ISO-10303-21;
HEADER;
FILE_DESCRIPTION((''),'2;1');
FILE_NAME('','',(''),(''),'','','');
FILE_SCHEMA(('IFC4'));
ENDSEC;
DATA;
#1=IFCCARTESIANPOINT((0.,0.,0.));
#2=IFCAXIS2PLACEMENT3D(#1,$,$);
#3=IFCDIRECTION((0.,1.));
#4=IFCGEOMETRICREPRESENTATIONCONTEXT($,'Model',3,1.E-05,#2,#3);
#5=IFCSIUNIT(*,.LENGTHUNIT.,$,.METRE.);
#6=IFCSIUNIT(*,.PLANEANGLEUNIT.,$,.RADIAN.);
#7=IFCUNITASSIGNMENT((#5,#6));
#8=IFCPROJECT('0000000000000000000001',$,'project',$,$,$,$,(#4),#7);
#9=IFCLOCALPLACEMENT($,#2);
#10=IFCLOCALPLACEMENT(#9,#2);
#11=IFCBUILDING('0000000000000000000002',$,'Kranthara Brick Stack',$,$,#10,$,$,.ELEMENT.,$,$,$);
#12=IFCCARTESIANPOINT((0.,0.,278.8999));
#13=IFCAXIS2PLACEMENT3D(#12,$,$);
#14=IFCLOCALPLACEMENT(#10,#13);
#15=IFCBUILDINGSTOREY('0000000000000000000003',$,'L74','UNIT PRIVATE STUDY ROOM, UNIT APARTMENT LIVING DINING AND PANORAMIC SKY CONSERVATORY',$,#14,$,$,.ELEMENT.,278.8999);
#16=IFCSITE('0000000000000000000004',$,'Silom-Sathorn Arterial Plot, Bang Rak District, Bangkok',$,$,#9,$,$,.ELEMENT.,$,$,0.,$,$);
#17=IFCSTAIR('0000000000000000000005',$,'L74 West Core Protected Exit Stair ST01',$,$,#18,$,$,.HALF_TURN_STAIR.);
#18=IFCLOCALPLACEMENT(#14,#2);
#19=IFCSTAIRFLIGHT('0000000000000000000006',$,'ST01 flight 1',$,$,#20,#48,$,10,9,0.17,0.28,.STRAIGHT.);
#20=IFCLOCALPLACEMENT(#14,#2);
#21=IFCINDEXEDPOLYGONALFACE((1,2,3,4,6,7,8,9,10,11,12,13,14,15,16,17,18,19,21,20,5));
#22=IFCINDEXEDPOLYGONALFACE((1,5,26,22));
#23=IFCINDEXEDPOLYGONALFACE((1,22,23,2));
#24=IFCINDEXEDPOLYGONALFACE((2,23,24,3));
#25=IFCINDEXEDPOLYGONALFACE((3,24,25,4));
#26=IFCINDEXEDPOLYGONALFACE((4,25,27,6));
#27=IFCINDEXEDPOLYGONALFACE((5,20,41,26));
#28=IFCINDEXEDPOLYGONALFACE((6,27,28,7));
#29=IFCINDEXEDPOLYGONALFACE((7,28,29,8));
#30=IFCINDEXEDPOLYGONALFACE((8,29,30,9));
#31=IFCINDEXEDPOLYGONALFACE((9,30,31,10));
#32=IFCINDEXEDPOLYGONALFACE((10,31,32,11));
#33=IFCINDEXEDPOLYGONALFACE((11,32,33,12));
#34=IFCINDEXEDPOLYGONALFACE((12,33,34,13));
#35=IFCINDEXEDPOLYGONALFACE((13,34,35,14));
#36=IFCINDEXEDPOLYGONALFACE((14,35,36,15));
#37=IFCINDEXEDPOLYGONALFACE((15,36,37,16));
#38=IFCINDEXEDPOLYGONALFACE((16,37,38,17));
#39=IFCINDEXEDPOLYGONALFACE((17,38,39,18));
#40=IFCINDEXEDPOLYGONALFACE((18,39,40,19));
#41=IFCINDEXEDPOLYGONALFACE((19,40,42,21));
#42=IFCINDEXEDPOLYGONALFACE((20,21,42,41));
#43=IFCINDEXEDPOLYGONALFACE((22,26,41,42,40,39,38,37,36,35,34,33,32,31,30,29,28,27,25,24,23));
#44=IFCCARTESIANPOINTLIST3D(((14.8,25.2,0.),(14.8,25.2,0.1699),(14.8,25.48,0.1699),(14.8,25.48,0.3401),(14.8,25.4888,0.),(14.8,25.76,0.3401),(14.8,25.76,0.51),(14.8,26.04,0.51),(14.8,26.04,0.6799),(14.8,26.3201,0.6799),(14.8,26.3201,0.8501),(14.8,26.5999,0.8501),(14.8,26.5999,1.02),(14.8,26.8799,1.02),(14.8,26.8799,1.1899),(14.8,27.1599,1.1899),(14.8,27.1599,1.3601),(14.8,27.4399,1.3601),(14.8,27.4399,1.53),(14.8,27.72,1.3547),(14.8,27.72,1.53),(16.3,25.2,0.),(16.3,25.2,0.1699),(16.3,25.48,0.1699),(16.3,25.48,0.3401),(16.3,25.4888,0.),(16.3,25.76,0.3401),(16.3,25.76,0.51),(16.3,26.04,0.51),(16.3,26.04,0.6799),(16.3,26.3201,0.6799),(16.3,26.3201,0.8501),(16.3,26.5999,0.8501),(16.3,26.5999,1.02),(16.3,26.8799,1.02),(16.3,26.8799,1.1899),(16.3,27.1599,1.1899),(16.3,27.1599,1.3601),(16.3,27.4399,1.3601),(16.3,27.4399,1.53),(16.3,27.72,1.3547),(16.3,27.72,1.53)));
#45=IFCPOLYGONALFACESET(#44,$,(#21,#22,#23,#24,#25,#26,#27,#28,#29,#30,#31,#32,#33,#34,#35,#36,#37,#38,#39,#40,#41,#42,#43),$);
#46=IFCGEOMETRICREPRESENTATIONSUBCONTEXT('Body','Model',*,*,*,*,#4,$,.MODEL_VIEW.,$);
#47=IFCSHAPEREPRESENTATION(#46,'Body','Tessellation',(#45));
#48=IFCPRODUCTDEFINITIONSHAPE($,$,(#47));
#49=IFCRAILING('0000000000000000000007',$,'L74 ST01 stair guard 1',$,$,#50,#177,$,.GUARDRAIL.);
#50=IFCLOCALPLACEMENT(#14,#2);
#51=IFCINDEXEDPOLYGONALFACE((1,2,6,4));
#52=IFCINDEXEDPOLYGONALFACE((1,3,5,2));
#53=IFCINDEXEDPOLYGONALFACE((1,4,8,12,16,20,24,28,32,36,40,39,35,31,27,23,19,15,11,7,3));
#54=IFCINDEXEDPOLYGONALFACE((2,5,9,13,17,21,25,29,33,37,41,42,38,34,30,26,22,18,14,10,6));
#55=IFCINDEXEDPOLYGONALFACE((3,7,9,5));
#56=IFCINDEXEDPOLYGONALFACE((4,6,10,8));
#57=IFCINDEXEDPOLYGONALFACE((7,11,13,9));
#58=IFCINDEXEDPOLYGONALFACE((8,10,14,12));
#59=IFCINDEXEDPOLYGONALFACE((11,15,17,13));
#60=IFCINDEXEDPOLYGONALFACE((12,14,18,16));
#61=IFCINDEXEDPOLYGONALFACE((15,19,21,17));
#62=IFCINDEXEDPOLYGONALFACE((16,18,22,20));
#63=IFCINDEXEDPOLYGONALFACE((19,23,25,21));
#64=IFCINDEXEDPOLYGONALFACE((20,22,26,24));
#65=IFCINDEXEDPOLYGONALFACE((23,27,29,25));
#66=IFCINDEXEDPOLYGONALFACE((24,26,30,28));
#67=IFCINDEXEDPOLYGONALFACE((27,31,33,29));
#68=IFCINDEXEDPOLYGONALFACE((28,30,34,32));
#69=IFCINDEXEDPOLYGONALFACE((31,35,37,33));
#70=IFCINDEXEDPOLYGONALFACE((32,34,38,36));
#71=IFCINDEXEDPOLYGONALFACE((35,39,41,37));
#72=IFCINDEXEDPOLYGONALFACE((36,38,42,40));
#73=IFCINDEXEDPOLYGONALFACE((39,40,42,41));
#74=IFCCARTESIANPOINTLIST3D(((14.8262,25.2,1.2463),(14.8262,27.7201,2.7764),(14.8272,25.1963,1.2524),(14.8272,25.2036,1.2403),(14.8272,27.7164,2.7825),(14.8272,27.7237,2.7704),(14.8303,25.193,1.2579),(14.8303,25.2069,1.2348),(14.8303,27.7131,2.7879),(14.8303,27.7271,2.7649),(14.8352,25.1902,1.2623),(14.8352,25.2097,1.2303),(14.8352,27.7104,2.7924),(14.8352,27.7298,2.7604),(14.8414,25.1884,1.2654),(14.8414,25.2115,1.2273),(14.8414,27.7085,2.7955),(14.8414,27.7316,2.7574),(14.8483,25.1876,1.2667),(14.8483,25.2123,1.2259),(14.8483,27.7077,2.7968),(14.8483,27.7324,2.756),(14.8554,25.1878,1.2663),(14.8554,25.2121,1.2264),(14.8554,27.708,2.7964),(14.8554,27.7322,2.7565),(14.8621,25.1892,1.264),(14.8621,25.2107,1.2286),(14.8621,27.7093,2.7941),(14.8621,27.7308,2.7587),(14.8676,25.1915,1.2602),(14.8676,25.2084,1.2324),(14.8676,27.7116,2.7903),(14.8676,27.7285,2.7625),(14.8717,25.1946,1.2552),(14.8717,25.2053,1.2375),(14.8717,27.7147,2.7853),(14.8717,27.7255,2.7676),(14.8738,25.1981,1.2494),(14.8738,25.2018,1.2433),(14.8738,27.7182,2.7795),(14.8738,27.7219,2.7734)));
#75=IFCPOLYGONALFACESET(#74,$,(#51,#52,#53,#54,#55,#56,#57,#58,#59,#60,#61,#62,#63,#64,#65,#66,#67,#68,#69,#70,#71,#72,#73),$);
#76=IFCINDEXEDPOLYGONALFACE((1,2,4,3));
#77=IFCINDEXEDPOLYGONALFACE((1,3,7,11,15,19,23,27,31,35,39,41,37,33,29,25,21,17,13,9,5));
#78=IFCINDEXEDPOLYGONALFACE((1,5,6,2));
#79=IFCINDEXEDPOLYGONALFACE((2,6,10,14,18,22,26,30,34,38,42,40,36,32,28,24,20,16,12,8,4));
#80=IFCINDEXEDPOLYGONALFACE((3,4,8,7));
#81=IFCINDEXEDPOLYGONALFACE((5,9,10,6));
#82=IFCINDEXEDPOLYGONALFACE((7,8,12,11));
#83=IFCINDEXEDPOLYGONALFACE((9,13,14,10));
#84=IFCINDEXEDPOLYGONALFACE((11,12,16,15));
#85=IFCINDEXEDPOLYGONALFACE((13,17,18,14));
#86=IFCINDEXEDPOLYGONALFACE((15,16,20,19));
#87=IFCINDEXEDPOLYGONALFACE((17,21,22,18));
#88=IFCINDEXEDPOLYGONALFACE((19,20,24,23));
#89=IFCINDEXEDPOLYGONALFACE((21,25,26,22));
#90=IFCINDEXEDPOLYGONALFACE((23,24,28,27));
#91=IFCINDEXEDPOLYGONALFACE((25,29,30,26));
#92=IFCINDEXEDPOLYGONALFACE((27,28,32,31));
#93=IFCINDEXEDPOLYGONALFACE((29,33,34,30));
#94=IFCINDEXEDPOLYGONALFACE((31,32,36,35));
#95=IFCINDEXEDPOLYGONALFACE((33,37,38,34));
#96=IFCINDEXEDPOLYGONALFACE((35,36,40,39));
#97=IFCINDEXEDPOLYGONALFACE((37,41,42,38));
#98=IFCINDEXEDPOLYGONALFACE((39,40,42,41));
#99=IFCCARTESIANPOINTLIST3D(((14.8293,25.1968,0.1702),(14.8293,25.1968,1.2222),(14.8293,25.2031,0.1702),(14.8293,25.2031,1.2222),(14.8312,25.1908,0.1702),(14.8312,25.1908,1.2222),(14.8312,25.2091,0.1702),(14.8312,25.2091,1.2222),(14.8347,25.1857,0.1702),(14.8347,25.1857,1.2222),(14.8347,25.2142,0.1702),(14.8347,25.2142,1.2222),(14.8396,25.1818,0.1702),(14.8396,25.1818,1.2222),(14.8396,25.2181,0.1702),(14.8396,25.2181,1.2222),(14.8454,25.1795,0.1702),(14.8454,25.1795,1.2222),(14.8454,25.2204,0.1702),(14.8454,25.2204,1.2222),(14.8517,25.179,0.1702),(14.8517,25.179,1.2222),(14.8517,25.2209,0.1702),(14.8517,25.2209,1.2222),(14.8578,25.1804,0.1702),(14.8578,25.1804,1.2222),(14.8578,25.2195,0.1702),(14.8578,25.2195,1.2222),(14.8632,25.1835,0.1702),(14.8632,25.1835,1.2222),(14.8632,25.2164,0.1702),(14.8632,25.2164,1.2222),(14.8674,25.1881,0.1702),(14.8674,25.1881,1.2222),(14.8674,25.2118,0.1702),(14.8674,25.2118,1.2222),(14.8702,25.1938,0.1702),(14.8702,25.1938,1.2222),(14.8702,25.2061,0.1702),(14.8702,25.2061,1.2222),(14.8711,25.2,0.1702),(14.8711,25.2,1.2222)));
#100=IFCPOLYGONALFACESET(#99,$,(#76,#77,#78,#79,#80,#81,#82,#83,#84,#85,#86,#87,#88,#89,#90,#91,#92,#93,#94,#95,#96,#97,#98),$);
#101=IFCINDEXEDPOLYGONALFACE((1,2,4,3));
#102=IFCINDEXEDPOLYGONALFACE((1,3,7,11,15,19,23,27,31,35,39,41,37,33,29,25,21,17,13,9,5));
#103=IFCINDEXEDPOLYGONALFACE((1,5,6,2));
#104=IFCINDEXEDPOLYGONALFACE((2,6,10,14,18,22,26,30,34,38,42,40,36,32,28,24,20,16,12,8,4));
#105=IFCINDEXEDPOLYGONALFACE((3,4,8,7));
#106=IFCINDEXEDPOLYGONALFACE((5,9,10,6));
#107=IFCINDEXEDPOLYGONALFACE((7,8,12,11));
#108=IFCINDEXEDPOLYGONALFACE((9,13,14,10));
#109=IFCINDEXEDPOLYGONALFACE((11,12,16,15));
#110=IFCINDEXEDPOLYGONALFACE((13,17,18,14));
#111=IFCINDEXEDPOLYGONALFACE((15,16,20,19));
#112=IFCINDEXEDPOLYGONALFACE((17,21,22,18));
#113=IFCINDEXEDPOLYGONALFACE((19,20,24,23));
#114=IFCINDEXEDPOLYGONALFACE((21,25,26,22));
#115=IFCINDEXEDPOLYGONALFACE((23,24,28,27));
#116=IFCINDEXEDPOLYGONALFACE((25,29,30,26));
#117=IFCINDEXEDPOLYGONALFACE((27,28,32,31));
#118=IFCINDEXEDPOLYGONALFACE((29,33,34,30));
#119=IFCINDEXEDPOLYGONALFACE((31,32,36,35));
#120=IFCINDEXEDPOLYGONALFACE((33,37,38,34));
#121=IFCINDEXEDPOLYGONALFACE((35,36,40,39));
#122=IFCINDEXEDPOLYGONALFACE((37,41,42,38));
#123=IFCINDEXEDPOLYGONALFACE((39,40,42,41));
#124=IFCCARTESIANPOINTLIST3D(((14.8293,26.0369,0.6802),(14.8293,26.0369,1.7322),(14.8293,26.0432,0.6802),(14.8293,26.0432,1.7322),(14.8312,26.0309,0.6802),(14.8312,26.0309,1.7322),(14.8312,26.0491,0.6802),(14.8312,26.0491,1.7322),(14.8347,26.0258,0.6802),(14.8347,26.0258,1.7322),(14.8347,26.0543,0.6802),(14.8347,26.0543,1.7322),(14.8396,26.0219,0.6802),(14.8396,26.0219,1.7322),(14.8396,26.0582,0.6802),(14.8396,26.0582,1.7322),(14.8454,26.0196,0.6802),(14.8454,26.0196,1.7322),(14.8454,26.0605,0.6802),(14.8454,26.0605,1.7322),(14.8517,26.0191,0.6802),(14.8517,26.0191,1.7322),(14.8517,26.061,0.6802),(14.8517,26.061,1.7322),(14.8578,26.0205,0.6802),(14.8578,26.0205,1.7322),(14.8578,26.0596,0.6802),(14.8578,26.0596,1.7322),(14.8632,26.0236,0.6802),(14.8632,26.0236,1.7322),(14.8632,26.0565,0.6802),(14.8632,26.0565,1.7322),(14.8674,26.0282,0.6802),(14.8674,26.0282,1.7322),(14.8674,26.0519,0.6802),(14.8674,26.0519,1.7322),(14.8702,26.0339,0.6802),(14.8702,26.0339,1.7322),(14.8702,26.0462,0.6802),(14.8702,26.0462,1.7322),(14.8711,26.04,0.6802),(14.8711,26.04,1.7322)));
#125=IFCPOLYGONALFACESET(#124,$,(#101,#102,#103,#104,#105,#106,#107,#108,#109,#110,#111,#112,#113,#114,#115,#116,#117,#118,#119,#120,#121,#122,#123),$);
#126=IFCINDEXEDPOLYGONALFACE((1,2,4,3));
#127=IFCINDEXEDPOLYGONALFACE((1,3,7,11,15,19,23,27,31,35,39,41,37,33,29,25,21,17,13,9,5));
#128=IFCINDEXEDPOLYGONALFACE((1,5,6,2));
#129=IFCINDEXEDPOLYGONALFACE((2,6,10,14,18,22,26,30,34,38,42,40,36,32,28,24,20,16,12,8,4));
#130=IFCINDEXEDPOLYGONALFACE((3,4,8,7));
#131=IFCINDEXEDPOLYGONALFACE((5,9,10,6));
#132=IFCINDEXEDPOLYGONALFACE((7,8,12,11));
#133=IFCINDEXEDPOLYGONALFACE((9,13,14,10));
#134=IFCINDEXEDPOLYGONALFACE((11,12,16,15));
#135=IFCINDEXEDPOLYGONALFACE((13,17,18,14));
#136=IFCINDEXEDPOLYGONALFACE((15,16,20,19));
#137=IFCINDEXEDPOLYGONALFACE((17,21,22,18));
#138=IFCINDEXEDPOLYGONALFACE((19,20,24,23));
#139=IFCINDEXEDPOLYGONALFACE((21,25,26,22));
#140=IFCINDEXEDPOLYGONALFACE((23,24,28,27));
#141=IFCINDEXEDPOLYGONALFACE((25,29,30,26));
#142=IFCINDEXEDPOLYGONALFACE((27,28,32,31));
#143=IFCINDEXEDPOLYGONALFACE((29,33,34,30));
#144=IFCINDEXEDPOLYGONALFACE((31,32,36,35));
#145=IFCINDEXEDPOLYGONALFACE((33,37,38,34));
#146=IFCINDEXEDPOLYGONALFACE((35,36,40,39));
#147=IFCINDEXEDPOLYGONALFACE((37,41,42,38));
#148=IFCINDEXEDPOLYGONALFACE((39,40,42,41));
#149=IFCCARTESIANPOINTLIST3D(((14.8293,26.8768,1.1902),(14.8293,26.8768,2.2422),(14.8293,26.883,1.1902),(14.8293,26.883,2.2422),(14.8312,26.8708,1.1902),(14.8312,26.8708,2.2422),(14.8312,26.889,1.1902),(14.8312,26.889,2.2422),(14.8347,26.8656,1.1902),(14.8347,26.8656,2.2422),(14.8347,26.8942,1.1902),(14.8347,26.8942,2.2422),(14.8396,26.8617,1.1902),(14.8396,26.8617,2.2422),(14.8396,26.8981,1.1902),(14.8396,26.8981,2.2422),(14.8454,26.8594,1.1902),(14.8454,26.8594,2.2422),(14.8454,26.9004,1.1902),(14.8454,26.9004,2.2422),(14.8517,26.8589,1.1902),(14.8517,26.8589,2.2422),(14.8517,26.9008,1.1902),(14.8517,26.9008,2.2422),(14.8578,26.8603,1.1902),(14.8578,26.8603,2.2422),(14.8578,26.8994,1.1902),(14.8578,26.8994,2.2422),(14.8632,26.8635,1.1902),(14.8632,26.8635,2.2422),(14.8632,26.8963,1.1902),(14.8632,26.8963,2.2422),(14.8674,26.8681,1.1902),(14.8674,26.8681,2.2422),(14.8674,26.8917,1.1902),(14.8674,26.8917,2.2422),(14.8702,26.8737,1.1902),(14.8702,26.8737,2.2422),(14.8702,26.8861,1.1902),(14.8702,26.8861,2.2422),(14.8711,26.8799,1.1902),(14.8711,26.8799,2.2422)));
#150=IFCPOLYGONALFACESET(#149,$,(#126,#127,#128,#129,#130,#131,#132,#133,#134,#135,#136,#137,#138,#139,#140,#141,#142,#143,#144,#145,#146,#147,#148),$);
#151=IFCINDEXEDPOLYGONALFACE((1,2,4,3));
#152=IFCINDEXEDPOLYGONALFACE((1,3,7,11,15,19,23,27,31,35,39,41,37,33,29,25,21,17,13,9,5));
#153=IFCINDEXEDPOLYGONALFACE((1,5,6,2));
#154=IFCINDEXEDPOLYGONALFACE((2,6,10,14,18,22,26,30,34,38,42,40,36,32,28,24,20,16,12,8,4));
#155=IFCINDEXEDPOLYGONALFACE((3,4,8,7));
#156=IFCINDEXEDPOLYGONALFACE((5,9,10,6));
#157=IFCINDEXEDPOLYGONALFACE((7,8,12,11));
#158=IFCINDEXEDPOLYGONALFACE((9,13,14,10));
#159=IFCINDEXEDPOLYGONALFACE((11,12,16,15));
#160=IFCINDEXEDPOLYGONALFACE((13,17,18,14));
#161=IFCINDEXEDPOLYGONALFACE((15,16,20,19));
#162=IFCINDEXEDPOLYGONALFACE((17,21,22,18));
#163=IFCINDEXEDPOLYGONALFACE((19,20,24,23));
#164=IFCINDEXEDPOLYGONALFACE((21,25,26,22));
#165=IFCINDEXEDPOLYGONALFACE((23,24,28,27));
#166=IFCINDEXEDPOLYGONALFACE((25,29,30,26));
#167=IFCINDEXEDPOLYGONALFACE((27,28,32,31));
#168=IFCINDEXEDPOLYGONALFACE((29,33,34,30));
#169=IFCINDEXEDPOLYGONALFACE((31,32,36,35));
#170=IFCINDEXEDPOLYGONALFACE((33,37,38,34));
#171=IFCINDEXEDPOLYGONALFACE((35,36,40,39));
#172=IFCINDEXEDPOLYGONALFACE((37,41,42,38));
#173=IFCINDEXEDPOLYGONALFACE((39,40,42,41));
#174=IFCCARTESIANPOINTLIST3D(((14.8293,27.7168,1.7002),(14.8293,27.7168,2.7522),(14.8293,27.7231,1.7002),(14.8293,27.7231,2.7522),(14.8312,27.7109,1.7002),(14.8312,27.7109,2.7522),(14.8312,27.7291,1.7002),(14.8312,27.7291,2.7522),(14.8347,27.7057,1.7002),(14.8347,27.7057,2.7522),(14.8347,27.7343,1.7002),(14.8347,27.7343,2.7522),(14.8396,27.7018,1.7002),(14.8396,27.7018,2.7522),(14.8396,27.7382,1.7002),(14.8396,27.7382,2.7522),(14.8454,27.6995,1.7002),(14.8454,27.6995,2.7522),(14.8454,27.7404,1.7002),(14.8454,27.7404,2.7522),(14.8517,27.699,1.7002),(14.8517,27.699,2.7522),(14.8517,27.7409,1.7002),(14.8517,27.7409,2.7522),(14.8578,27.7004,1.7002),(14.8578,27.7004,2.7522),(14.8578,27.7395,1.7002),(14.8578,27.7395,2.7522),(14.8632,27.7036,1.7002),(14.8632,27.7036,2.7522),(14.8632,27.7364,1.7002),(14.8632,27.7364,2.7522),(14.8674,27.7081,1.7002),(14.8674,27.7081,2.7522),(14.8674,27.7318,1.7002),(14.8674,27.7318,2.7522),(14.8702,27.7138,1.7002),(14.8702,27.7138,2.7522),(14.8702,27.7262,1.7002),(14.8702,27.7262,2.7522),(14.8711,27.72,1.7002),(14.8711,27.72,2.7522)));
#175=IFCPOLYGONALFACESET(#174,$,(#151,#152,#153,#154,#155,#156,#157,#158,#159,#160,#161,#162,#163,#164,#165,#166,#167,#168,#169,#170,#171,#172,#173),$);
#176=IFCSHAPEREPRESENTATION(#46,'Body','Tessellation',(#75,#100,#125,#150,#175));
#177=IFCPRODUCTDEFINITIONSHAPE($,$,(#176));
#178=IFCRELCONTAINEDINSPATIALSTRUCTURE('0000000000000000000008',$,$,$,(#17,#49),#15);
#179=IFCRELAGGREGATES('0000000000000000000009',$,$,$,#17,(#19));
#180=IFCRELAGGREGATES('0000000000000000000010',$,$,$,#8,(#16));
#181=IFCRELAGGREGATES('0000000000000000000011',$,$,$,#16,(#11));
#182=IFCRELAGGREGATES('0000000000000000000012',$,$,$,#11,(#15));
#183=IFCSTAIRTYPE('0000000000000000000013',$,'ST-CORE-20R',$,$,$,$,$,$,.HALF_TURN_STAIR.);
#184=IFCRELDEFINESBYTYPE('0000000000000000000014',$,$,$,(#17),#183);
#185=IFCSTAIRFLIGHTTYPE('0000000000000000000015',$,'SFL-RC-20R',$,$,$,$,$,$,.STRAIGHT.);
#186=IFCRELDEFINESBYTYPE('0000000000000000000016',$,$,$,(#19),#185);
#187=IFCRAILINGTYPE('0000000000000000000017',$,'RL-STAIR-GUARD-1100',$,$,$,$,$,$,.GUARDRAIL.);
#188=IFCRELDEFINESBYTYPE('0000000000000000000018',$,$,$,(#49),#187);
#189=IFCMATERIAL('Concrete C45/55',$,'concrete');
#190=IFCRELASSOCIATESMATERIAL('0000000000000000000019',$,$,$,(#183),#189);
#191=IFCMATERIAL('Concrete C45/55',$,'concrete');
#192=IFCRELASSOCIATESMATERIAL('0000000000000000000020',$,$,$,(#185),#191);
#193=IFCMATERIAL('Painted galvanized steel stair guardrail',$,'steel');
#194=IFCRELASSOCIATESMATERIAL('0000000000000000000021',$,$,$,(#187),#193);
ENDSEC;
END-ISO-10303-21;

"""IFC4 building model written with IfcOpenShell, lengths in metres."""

from ifc_helpers import new_model, si_unit, direction, frame, origin, origin_2d, place, context, subcontext, project, spatial, polyline, circle, outline, extrude, material, type_object, element, aggregate, save


model = new_model("IFC4")

# Units and contexts
model_context = context("Model", 3, precision=1e-05, world=origin(), true_north=direction((0.0, 1.0)))
body_context = subcontext(model_context, "Body", "Model", "MODEL_VIEW")
ifc_project = project(units=[si_unit("LENGTHUNIT", "METRE"), si_unit("PLANEANGLEUNIT", "RADIAN")], contexts=[model_context])

# Site, building, storey
site_placement = place(None, origin())
site = spatial("IfcSite", under=ifc_project, at=site_placement, Name="Silom-Sathorn Arterial Plot, Bang Rak District, Bangkok", CompositionType="ELEMENT", RefElevation=0.0)
building_placement = place(site_placement, origin())
building = spatial("IfcBuilding", under=site, at=building_placement, Name="Kranthara Brick Stack", CompositionType="ELEMENT")
storey_placement = place(building_placement, frame((0.0, 0.0, 278.8999)))
storey = spatial("IfcBuildingStorey", under=building, at=storey_placement, Name="L74", Description="UNIT PRIVATE STUDY ROOM, UNIT APARTMENT LIVING DINING AND PANORAMIC SKY CONSERVATORY", CompositionType="ELEMENT", Elevation=278.8999)

# Stair, stair flight
ifc_material_1 = material(Name="Concrete C45/55", Category="concrete")
stair_type = type_object("IfcStairType", Name="ST-CORE-20R", PredefinedType="HALF_TURN_STAIR", material=ifc_material_1)
stair_placement = place(storey_placement, origin())
stair = element("IfcStair", 1, at=stair_placement, inside=storey, type_object=stair_type, Name="L74 West Core Protected Exit Stair ST01", PredefinedType="HALF_TURN_STAIR")
ifc_material_2 = material(Name="Concrete C45/55", Category="concrete")
stair_flight_type = type_object("IfcStairFlightType", Name="SFL-RC-20R", PredefinedType="STRAIGHT", material=ifc_material_2)
stair_flight_placement = place(storey_placement, frame((15.55, 25.2, 0.0), z_axis=(0.0, 0.0, 1.0), x_axis=(0.0, 1.0, 0.0)))
stair_flight = element("IfcStairFlight", 2, at=stair_flight_placement, type_object=stair_flight_type, Name="ST01 flight 1", NumberOfRisers=10, NumberOfTreads=9, PredefinedType="STRAIGHT", RiserHeight=0.17, TreadLength=0.28, context=body_context, shape_type="SweptSolid", body=[
    extrude(outline(polyline([(0.0, 0.0), (0.0, 0.1699), (0.28, 0.1699), (0.28, 0.3401), (0.5601, 0.3401), (0.5601, 0.51), (0.8401, 0.51), (0.8401, 0.6799), (1.1201, 0.6799), (1.1201, 0.8501), (1.3999, 0.8501), (1.3999, 1.02), (1.6799, 1.02), (1.6799, 1.1899), (1.96, 1.1899), (1.96, 1.3601), (2.24, 1.3601), (2.24, 1.53), (2.52, 1.53), (2.52, 1.7), (2.52, 1.3547), (0.2888, 0.0), (0.0, 0.0)])), frame((0.0, 0.75, 0.0), z_axis=(0.0, -1.0, 0.0), x_axis=(1.0, 0.0, 0.0)), (0.0, 0.0, 1.0), 1.5),
])
aggregate(stair, [stair_flight])

# Railing
ifc_material_3 = material(Name="Painted galvanized steel stair guardrail", Category="steel")
railing_type_1 = type_object("IfcRailingType", Name="RL-STAIR-GUARD-1100", PredefinedType="GUARDRAIL", material=ifc_material_3)
railing_1_placement = place(storey_placement, frame((14.8501, 25.2, 0.1702)))
element("IfcRailing", 3, at=railing_1_placement, inside=storey, type_object=railing_type_1, Name="L74 ST01 stair guard 1", PredefinedType="GUARDRAIL", context=body_context, shape_type="SweptSolid", body=[
    extrude(circle(Radius=0.0239, at=origin_2d()), frame((0.0, 0.0, 1.0762), z_axis=(0.0, 0.854785, 0.518982), x_axis=(-1.0, 0.0, 0.0)), (0.0, 0.0, 1.0), 2.9482),
    extrude(circle(Radius=0.021, at=origin_2d()), origin(), (0.0, 0.0, 1.0), 1.052),
    extrude(circle(Radius=0.021, at=origin_2d()), frame((0.0, 0.8401, 0.51)), (0.0, 0.0, 1.0), 1.052),
    extrude(circle(Radius=0.021, at=origin_2d()), frame((0.0, 1.6799, 1.02)), (0.0, 0.0, 1.0), 1.052),
    extrude(circle(Radius=0.021, at=origin_2d()), frame((0.0, 2.52, 1.53)), (0.0, 0.0, 1.0), 1.052),
])

save(model, "model.ifc")
